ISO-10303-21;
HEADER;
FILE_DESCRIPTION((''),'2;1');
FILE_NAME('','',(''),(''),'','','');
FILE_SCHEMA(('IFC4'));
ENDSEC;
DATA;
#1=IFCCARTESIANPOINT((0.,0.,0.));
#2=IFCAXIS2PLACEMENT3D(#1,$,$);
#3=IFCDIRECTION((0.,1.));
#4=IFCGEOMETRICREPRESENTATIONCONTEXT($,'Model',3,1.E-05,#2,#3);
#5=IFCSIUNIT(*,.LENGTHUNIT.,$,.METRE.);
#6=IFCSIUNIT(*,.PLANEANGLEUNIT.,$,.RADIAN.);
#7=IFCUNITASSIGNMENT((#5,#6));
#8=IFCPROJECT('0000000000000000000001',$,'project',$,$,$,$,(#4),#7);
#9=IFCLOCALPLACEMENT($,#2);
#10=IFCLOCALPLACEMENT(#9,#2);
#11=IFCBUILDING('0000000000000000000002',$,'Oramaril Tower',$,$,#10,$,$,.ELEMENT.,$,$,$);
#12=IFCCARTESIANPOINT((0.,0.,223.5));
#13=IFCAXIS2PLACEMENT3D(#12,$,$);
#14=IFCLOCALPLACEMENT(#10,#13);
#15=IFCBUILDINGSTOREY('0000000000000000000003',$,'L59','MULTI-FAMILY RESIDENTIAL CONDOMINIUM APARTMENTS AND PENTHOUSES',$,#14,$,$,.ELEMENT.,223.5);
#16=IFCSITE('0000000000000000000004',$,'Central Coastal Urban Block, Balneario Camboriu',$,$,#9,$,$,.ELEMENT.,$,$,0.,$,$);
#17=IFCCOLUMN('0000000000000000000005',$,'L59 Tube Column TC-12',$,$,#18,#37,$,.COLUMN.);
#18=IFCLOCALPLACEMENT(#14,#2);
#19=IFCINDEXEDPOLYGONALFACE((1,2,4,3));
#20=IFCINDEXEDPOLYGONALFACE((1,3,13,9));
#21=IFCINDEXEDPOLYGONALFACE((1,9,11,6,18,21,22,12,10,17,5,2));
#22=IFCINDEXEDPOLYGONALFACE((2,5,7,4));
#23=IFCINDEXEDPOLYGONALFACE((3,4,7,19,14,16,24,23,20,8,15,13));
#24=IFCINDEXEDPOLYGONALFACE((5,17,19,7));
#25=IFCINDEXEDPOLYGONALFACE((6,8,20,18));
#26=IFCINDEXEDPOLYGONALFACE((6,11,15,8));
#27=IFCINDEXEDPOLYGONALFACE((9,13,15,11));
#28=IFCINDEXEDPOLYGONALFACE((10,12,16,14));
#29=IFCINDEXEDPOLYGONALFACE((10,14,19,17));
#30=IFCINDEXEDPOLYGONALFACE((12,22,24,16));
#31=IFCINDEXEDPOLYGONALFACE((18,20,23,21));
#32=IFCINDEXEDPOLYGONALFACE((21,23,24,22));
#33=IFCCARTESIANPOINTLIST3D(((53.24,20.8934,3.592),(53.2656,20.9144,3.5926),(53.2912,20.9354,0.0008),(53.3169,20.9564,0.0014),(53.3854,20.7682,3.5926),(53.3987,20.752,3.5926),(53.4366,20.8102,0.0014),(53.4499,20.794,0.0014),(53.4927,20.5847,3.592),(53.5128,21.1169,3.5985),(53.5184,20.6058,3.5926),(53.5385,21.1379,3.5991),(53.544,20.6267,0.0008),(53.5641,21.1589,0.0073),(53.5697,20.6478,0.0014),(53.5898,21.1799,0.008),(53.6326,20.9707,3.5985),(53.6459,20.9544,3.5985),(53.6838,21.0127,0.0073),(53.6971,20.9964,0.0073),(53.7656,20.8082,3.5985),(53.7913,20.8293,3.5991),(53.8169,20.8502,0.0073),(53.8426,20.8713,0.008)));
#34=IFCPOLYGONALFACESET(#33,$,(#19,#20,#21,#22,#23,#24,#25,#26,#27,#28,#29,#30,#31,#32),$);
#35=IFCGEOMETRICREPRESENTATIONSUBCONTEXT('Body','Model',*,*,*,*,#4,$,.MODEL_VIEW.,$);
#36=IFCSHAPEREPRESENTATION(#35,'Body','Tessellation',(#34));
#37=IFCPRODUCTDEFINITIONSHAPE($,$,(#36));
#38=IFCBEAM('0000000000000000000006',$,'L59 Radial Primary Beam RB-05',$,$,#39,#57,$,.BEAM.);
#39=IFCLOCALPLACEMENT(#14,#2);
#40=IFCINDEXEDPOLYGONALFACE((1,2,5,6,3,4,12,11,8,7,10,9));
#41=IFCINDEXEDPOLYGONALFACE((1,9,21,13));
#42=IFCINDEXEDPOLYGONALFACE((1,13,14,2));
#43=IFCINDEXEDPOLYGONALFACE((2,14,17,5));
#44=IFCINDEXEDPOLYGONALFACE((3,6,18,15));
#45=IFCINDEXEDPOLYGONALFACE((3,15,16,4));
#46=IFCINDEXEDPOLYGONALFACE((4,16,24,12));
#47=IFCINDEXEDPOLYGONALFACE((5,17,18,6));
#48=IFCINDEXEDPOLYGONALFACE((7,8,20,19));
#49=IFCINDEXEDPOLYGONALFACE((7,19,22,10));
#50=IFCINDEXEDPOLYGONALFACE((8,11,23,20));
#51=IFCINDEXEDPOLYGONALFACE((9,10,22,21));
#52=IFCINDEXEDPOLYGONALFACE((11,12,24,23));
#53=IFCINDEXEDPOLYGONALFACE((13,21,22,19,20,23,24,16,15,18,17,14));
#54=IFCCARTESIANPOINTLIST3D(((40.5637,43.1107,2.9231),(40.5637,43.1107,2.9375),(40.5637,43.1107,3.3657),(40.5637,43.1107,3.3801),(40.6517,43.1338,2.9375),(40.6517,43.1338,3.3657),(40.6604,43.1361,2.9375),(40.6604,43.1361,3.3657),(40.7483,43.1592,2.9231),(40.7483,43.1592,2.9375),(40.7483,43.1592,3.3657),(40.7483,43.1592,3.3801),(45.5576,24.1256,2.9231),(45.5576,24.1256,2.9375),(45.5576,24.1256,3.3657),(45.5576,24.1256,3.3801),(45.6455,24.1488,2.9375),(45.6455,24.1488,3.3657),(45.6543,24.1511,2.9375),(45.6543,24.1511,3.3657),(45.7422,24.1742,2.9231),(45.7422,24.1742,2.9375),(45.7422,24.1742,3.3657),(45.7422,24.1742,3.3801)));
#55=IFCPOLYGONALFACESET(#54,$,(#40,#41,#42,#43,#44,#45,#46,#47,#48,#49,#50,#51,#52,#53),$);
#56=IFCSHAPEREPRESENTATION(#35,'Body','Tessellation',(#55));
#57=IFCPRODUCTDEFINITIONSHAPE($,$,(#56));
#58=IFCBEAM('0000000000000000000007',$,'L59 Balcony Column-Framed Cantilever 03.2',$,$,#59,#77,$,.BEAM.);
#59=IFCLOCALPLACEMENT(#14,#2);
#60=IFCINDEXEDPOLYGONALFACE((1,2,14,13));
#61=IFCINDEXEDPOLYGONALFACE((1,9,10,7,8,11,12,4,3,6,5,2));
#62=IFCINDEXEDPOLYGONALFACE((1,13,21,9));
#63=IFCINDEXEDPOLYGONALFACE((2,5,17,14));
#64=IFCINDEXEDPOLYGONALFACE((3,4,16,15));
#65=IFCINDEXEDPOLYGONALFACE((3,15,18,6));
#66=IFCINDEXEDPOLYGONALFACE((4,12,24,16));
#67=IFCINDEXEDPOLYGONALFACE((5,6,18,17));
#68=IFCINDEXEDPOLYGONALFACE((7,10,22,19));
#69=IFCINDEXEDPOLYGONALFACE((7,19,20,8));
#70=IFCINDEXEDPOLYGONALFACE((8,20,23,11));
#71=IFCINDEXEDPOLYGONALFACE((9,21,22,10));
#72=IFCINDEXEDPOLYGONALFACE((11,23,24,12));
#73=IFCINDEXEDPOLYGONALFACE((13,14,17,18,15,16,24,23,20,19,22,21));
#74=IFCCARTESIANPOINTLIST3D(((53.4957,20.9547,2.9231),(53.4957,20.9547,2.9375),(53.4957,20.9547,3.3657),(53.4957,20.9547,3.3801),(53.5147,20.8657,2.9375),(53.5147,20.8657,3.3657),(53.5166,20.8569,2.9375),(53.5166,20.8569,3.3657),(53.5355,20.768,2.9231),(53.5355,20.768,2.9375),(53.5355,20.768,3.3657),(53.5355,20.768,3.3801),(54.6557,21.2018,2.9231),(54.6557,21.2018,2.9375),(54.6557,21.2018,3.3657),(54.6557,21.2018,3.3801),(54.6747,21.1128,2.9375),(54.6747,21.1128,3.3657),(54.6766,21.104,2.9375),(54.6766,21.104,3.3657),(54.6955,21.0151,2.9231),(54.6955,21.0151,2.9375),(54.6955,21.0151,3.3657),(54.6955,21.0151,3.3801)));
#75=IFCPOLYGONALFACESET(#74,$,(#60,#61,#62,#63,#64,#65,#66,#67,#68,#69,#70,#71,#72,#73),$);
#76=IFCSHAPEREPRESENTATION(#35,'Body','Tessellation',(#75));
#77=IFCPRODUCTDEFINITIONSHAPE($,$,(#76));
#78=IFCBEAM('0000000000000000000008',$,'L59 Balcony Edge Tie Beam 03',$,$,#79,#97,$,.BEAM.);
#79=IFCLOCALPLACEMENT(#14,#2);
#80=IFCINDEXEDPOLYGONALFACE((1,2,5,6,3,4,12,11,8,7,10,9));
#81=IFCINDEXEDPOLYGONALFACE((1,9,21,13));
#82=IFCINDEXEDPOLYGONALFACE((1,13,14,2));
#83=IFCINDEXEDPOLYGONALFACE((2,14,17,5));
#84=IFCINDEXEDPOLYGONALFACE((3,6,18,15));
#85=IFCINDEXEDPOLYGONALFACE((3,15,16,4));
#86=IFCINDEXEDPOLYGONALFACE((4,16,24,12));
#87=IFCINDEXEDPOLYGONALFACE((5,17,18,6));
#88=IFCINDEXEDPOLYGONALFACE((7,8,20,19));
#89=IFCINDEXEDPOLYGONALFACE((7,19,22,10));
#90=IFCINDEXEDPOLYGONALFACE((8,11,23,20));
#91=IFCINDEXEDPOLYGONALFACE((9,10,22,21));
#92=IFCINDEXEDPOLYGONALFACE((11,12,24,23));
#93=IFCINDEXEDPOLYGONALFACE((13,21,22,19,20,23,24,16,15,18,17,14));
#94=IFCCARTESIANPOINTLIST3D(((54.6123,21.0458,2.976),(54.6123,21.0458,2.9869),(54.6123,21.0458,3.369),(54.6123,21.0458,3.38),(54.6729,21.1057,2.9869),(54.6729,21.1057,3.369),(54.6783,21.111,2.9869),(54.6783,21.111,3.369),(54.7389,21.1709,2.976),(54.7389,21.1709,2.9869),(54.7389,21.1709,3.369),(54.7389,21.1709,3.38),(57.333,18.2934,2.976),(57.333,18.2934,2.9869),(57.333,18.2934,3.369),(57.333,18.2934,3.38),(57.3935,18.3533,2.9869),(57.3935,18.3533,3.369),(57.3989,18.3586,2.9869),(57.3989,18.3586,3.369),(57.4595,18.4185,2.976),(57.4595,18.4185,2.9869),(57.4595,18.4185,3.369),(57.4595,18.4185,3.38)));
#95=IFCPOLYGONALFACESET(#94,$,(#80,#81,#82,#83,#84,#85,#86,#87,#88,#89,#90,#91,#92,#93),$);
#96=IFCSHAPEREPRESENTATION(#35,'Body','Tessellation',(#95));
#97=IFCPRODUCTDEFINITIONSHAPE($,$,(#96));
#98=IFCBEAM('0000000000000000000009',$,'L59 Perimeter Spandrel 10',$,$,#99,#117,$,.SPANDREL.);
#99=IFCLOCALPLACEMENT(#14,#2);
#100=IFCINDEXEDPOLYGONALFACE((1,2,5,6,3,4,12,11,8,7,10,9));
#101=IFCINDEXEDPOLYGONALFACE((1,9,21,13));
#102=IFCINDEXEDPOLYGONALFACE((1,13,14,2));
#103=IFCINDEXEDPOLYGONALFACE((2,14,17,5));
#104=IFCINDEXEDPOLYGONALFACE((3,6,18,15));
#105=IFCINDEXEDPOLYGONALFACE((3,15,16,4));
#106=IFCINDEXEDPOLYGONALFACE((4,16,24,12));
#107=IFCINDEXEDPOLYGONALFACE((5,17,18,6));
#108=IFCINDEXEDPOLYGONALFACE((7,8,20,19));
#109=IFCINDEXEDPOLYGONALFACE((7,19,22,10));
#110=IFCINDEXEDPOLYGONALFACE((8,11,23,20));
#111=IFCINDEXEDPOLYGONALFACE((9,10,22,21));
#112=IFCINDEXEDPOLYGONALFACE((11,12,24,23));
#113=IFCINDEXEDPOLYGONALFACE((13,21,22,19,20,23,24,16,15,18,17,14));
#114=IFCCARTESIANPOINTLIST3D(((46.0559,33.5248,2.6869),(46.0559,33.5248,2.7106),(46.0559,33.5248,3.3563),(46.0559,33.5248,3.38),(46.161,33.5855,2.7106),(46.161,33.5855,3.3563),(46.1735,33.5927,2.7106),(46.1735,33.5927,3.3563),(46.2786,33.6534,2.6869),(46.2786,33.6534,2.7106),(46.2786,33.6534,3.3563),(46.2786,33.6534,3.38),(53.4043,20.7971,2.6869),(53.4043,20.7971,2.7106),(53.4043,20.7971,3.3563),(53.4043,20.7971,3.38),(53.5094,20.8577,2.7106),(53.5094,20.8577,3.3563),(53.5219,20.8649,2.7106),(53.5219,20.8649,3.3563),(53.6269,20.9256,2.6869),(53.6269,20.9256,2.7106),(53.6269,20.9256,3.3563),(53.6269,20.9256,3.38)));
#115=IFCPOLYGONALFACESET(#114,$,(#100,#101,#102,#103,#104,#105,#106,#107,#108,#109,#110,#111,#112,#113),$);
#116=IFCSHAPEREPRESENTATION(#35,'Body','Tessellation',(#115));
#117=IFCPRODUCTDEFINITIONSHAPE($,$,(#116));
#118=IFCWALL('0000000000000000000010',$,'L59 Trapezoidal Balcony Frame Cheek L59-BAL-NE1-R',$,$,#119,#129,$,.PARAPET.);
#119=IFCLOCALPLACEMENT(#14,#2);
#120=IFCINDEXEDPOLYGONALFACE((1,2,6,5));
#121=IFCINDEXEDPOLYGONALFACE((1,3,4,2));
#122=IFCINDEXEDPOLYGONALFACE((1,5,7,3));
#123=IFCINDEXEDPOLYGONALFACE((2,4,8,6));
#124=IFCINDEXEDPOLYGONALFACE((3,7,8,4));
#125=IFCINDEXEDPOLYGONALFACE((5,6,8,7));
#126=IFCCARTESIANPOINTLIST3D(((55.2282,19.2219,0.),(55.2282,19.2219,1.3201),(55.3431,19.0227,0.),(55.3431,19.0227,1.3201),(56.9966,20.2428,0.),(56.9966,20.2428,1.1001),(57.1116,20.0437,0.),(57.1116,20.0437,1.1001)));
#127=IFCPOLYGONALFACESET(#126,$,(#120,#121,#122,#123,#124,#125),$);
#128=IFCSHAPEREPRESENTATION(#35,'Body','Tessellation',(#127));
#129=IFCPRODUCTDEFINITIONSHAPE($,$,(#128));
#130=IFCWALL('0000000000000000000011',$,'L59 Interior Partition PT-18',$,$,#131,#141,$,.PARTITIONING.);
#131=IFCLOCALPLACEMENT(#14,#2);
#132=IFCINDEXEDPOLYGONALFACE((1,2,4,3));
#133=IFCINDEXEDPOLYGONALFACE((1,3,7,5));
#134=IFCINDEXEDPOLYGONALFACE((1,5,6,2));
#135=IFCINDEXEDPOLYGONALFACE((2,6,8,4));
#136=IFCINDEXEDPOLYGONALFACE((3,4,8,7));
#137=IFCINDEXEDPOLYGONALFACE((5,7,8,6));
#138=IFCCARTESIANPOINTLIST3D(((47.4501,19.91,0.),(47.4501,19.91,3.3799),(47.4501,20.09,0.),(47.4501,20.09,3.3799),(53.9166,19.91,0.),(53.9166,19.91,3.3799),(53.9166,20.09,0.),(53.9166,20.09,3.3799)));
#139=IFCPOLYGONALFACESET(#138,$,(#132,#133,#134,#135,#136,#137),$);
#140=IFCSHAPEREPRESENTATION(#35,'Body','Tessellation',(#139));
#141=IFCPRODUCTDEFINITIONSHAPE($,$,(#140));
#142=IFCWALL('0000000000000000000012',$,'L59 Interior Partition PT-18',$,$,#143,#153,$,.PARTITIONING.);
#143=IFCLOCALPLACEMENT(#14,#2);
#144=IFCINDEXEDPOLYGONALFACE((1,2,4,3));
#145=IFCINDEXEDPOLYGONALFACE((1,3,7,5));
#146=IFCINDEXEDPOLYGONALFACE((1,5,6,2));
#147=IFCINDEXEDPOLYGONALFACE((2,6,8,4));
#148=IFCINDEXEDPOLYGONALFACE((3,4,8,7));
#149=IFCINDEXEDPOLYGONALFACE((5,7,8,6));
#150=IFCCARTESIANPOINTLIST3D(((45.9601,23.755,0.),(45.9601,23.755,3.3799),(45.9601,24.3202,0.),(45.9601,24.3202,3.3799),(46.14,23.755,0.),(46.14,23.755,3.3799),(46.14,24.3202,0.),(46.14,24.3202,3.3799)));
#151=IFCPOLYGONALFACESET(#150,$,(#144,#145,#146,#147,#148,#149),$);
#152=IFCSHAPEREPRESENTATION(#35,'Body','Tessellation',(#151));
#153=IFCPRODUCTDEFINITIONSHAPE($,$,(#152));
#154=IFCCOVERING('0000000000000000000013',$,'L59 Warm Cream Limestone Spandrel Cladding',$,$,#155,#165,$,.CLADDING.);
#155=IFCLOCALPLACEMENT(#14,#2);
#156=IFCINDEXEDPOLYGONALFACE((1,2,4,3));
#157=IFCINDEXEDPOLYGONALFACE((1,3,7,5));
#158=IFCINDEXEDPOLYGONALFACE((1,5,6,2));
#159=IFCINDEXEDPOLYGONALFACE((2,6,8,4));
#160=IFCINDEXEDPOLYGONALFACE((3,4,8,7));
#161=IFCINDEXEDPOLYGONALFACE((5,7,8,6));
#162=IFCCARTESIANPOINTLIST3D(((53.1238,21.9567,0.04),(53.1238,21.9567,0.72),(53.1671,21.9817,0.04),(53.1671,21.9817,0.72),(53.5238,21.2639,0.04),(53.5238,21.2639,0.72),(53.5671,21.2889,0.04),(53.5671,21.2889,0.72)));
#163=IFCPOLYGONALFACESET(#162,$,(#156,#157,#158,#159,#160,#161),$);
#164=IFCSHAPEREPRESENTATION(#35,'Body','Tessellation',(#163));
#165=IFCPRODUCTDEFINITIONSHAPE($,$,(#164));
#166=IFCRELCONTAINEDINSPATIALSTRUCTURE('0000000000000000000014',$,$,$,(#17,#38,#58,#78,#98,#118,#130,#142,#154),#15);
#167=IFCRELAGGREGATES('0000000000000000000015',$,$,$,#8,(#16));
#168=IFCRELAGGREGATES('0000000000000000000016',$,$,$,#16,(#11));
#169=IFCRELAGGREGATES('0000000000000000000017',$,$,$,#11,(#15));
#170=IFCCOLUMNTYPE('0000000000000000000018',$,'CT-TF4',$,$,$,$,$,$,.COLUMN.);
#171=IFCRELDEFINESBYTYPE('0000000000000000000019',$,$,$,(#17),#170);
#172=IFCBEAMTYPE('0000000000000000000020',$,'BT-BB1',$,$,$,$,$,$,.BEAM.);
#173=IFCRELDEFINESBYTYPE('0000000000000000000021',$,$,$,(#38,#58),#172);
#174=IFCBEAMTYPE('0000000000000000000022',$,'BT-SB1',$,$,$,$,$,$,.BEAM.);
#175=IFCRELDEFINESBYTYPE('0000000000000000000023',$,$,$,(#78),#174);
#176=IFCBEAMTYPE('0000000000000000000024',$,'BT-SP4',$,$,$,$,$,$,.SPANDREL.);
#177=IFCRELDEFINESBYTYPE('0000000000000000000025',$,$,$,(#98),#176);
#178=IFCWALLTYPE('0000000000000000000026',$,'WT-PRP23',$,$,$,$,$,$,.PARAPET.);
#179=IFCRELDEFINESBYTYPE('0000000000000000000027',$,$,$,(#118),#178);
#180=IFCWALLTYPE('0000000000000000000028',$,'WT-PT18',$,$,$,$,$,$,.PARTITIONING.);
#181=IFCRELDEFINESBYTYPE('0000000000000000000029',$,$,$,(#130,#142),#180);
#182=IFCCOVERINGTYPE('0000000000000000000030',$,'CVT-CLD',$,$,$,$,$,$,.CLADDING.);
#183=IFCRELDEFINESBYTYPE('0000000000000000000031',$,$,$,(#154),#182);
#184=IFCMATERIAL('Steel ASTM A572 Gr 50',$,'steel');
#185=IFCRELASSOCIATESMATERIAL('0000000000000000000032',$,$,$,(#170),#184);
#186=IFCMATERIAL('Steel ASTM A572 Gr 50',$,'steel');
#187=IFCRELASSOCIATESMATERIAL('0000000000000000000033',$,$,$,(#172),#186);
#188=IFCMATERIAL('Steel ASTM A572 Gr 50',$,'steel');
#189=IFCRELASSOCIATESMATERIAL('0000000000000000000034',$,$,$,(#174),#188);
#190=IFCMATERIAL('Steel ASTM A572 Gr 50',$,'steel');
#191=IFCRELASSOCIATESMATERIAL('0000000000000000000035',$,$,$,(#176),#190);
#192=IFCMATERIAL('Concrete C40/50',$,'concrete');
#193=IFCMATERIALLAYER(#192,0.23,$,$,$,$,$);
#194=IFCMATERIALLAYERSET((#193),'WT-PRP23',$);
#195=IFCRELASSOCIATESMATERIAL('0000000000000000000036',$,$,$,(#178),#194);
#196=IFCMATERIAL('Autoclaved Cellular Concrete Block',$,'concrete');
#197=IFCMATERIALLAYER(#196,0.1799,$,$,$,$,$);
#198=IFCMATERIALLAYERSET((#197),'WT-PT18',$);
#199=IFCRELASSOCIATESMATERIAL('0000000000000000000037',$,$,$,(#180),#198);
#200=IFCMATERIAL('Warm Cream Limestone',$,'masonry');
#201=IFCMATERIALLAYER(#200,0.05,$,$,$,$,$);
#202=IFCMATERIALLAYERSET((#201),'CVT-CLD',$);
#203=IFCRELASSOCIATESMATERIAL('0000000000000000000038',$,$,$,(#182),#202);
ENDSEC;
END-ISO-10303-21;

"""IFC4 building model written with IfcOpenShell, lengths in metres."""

from ifc_helpers import new_model, si_unit, direction, frame, frame_2d, origin, origin_2d, place, context, subcontext, project, spatial, polyline, rectangle, i_section, outline, extrude, material, layer, layer_set, material_profile, profile_set, type_object, element, save


model = new_model("IFC4")

# Units and contexts
model_context = context("Model", 3, precision=1e-05, world=origin(), true_north=direction((0.0, 1.0)))
body_context = subcontext(model_context, "Body", "Model", "MODEL_VIEW")
ifc_project = project(units=[si_unit("LENGTHUNIT", "METRE"), si_unit("PLANEANGLEUNIT", "RADIAN")], contexts=[model_context])

# Site, building, storey
site_placement = place(None, origin())
site = spatial("IfcSite", under=ifc_project, at=site_placement, Name="Central Coastal Urban Block, Balneario Camboriu", CompositionType="ELEMENT", RefElevation=0.0)
building_placement = place(site_placement, origin())
building = spatial("IfcBuilding", under=site, at=building_placement, Name="Oramaril Tower", CompositionType="ELEMENT")
storey_placement = place(building_placement, frame((0.0, 0.0, 223.5)))
storey = spatial("IfcBuildingStorey", under=building, at=storey_placement, Name="L59", Description="MULTI-FAMILY RESIDENTIAL CONDOMINIUM APARTMENTS AND PENTHOUSES", CompositionType="ELEMENT", Elevation=223.5)

# Column
ifc_material_1 = material(Name="Steel ASTM A572 Gr 50", Category="steel")
ifc_material_profile_1 = material_profile(ifc_material_1, i_section(OverallWidth=0.3989, OverallDepth=0.386, WebThickness=0.021, FlangeThickness=0.0332, at=origin_2d()), Name="W14X176")
ifc_profile_set_1 = profile_set([ifc_material_profile_1], Name="Steel ASTM A572 Gr 50")
column_type = type_object("IfcColumnType", Name="CT-TF4", PredefinedType="COLUMN", material=ifc_profile_set_1)
column_placement = place(storey_placement, frame((53.5669, 20.9033, 0.0044), z_axis=(-0.014275, -0.011692, 0.99983), x_axis=(0.633639, -0.773629, 0.0)))
element("IfcColumn", 1, at=column_placement, inside=storey, type_object=column_type, Name="L59 Tube Column TC-12", PredefinedType="COLUMN", context=body_context, shape_type="SweptSolid", body=[
    extrude(i_section(OverallWidth=0.3989, OverallDepth=0.386, WebThickness=0.021, FlangeThickness=0.0332, at=origin_2d()), origin(), (0.0, 0.0, 1.0), 3.5918),
])

# Beams
ifc_material_2 = material(Name="Steel ASTM A572 Gr 50", Category="steel")
ifc_material_profile_2 = material_profile(ifc_material_2, i_section(OverallWidth=0.1909, OverallDepth=0.457, WebThickness=0.009, FlangeThickness=0.0144, at=origin_2d()), Name="W18X50")
ifc_profile_set_2 = profile_set([ifc_material_profile_2], Name="Steel ASTM A572 Gr 50")
beam_type_1 = type_object("IfcBeamType", Name="BT-BB1", PredefinedType="BEAM", material=ifc_profile_set_2)
beam_1_placement = place(storey_placement, frame((45.6499, 24.1499, 3.1516), z_axis=(-0.254389, 0.967102, 0.0), x_axis=(-0.967102, -0.254389, 0.0)))
element("IfcBeam", 2, at=beam_1_placement, inside=storey, type_object=beam_type_1, Name="L59 Radial Primary Beam RB-05", PredefinedType="BEAM", context=body_context, shape_type="SweptSolid", body=[
    extrude(i_section(OverallWidth=0.1909, OverallDepth=0.457, WebThickness=0.009, FlangeThickness=0.0144, at=origin_2d()), origin(), (0.0, 0.0, 1.0), 19.6309),
])
beam_2_placement = place(storey_placement, frame((53.5156, 20.8613, 3.1516), z_axis=(0.978058, 0.208334, 0.0), x_axis=(-0.208334, 0.978058, 0.0)))
element("IfcBeam", 3, at=beam_2_placement, inside=storey, type_object=beam_type_1, Name="L59 Balcony Column-Framed Cantilever 03.2", PredefinedType="BEAM", context=body_context, shape_type="SweptSolid", body=[
    extrude(i_section(OverallWidth=0.1909, OverallDepth=0.457, WebThickness=0.009, FlangeThickness=0.0144, at=origin_2d()), origin(), (0.0, 0.0, 1.0), 1.186),
])
ifc_material_3 = material(Name="Steel ASTM A572 Gr 50", Category="steel")
ifc_material_profile_3 = material_profile(ifc_material_3, i_section(OverallWidth=0.178, OverallDepth=0.4041, WebThickness=0.0076, FlangeThickness=0.011, at=origin_2d()), Name="W16X36")
ifc_profile_set_3 = profile_set([ifc_material_profile_3], Name="Steel ASTM A572 Gr 50")
beam_type_2 = type_object("IfcBeamType", Name="BT-SB1", PredefinedType="BEAM", material=ifc_profile_set_3)
beam_3_placement = place(storey_placement, frame((57.3962, 18.356, 3.178), z_axis=(-0.702995, 0.711195, 0.0), x_axis=(-0.711195, -0.702995, 0.0)))
element("IfcBeam", 4, at=beam_3_placement, inside=storey, type_object=beam_type_2, Name="L59 Balcony Edge Tie Beam 03", PredefinedType="BEAM", context=body_context, shape_type="SweptSolid", body=[
    extrude(i_section(OverallWidth=0.178, OverallDepth=0.4041, WebThickness=0.0076, FlangeThickness=0.011, at=origin_2d()), origin(), (0.0, 0.0, 1.0), 3.8701),
])
ifc_material_4 = material(Name="Steel ASTM A572 Gr 50", Category="steel")
ifc_material_profile_4 = material_profile(ifc_material_4, i_section(OverallWidth=0.2571, OverallDepth=0.6931, WebThickness=0.0144, FlangeThickness=0.0237, at=origin_2d()), Name="W27X114")
ifc_profile_set_4 = profile_set([ifc_material_profile_4], Name="Steel ASTM A572 Gr 50")
beam_type_3 = type_object("IfcBeamType", Name="BT-SP4", PredefinedType="SPANDREL", material=ifc_profile_set_4)
beam_4_placement = place(storey_placement, frame((53.5156, 20.8613, 3.0334), z_axis=(-0.5, 0.866025, 0.0), x_axis=(-0.866025, -0.5, 0.0)))
element("IfcBeam", 5, at=beam_4_placement, inside=storey, type_object=beam_type_3, Name="L59 Perimeter Spandrel 10", PredefinedType="SPANDREL", context=body_context, shape_type="SweptSolid", body=[
    extrude(i_section(OverallWidth=0.2571, OverallDepth=0.6931, WebThickness=0.0144, FlangeThickness=0.0237, at=origin_2d()), origin(), (0.0, 0.0, 1.0), 14.6968),
])

# Walls
ifc_material_5 = material(Name="Concrete C40/50", Category="concrete")
ifc_layer_1 = layer(ifc_material_5, 0.23)
ifc_layer_set_1 = layer_set([ifc_layer_1], Name="WT-PRP23")
wall_type_1 = type_object("IfcWallType", Name="WT-PRP23", PredefinedType="PARAPET", material=ifc_layer_set_1)
wall_1_placement = place(storey_placement, frame((55.2856, 19.1223, 0.0), z_axis=(0.0, 0.0, 1.0), x_axis=(0.866042, 0.499971, 0.0)))
element("IfcWall", 6, at=wall_1_placement, inside=storey, type_object=wall_type_1, Name="L59 Trapezoidal Balcony Frame Cheek L59-BAL-NE1-R", PredefinedType="PARAPET", context=body_context, shape_type="SweptSolid", body=[
    extrude(outline(polyline([(0.0, 0.0), (2.042, 0.0), (2.042, 1.1001), (0.0, 1.3201), (0.0, 0.0)])), frame((0.0, 0.115, 0.0), z_axis=(0.0, -1.0, 0.0), x_axis=(1.0, 0.0, 0.0)), (0.0, 0.0, 1.0), 0.23),
])
ifc_material_6 = material(Name="Autoclaved Cellular Concrete Block", Category="concrete")
ifc_layer_2 = layer(ifc_material_6, 0.1799)
ifc_layer_set_2 = layer_set([ifc_layer_2], Name="WT-PT18")
wall_type_2 = type_object("IfcWallType", Name="WT-PT18", PredefinedType="PARTITIONING", material=ifc_layer_set_2)
wall_2_placement = place(storey_placement, frame((47.45, 20.0, 0.0), z_axis=(0.0, 0.0, 1.0), x_axis=(1.0, 0.0, 0.0)))
element("IfcWall", 7, at=wall_2_placement, inside=storey, type_object=wall_type_2, Name="L59 Interior Partition PT-18", PredefinedType="PARTITIONING", context=body_context, shape_type="SweptSolid", body=[
    extrude(rectangle(XDim=6.4666, YDim=0.1799, at=frame_2d((3.2334, 0.0))), origin(), (0.0, 0.0, 1.0), 3.3799),
])
wall_3_placement = place(storey_placement, frame((46.05, 23.7549, 0.0), z_axis=(0.0, 0.0, 1.0), x_axis=(0.0, 1.0, 0.0)))
element("IfcWall", 8, at=wall_3_placement, inside=storey, type_object=wall_type_2, Name="L59 Interior Partition PT-18", PredefinedType="PARTITIONING", context=body_context, shape_type="SweptSolid", body=[
    extrude(rectangle(XDim=0.5652, YDim=0.1799, at=frame_2d((0.2827, 0.0))), origin(), (0.0, 0.0, 1.0), 3.3799),
])

# Covering
ifc_material_7 = material(Name="Warm Cream Limestone", Category="masonry")
ifc_layer_3 = layer(ifc_material_7, 0.05)
ifc_layer_set_3 = layer_set([ifc_layer_3], Name="CVT-CLD")
covering_type = type_object("IfcCoveringType", Name="CVT-CLD", PredefinedType="CLADDING", material=ifc_layer_set_3)
covering_placement = place(storey_placement, frame((53.3455, 21.6228, 0.04), z_axis=(0.0, 0.0, 1.0), x_axis=(-0.5, 0.866025, 0.0)))
element("IfcCovering", 9, at=covering_placement, inside=storey, type_object=covering_type, Name="L59 Warm Cream Limestone Spandrel Cladding", PredefinedType="CLADDING", context=body_context, shape_type="SweptSolid", body=[
    extrude(rectangle(XDim=0.8, YDim=0.05, at=origin_2d()), origin(), (0.0, 0.0, 1.0), 0.6799),
])

save(model, "model.ifc")
